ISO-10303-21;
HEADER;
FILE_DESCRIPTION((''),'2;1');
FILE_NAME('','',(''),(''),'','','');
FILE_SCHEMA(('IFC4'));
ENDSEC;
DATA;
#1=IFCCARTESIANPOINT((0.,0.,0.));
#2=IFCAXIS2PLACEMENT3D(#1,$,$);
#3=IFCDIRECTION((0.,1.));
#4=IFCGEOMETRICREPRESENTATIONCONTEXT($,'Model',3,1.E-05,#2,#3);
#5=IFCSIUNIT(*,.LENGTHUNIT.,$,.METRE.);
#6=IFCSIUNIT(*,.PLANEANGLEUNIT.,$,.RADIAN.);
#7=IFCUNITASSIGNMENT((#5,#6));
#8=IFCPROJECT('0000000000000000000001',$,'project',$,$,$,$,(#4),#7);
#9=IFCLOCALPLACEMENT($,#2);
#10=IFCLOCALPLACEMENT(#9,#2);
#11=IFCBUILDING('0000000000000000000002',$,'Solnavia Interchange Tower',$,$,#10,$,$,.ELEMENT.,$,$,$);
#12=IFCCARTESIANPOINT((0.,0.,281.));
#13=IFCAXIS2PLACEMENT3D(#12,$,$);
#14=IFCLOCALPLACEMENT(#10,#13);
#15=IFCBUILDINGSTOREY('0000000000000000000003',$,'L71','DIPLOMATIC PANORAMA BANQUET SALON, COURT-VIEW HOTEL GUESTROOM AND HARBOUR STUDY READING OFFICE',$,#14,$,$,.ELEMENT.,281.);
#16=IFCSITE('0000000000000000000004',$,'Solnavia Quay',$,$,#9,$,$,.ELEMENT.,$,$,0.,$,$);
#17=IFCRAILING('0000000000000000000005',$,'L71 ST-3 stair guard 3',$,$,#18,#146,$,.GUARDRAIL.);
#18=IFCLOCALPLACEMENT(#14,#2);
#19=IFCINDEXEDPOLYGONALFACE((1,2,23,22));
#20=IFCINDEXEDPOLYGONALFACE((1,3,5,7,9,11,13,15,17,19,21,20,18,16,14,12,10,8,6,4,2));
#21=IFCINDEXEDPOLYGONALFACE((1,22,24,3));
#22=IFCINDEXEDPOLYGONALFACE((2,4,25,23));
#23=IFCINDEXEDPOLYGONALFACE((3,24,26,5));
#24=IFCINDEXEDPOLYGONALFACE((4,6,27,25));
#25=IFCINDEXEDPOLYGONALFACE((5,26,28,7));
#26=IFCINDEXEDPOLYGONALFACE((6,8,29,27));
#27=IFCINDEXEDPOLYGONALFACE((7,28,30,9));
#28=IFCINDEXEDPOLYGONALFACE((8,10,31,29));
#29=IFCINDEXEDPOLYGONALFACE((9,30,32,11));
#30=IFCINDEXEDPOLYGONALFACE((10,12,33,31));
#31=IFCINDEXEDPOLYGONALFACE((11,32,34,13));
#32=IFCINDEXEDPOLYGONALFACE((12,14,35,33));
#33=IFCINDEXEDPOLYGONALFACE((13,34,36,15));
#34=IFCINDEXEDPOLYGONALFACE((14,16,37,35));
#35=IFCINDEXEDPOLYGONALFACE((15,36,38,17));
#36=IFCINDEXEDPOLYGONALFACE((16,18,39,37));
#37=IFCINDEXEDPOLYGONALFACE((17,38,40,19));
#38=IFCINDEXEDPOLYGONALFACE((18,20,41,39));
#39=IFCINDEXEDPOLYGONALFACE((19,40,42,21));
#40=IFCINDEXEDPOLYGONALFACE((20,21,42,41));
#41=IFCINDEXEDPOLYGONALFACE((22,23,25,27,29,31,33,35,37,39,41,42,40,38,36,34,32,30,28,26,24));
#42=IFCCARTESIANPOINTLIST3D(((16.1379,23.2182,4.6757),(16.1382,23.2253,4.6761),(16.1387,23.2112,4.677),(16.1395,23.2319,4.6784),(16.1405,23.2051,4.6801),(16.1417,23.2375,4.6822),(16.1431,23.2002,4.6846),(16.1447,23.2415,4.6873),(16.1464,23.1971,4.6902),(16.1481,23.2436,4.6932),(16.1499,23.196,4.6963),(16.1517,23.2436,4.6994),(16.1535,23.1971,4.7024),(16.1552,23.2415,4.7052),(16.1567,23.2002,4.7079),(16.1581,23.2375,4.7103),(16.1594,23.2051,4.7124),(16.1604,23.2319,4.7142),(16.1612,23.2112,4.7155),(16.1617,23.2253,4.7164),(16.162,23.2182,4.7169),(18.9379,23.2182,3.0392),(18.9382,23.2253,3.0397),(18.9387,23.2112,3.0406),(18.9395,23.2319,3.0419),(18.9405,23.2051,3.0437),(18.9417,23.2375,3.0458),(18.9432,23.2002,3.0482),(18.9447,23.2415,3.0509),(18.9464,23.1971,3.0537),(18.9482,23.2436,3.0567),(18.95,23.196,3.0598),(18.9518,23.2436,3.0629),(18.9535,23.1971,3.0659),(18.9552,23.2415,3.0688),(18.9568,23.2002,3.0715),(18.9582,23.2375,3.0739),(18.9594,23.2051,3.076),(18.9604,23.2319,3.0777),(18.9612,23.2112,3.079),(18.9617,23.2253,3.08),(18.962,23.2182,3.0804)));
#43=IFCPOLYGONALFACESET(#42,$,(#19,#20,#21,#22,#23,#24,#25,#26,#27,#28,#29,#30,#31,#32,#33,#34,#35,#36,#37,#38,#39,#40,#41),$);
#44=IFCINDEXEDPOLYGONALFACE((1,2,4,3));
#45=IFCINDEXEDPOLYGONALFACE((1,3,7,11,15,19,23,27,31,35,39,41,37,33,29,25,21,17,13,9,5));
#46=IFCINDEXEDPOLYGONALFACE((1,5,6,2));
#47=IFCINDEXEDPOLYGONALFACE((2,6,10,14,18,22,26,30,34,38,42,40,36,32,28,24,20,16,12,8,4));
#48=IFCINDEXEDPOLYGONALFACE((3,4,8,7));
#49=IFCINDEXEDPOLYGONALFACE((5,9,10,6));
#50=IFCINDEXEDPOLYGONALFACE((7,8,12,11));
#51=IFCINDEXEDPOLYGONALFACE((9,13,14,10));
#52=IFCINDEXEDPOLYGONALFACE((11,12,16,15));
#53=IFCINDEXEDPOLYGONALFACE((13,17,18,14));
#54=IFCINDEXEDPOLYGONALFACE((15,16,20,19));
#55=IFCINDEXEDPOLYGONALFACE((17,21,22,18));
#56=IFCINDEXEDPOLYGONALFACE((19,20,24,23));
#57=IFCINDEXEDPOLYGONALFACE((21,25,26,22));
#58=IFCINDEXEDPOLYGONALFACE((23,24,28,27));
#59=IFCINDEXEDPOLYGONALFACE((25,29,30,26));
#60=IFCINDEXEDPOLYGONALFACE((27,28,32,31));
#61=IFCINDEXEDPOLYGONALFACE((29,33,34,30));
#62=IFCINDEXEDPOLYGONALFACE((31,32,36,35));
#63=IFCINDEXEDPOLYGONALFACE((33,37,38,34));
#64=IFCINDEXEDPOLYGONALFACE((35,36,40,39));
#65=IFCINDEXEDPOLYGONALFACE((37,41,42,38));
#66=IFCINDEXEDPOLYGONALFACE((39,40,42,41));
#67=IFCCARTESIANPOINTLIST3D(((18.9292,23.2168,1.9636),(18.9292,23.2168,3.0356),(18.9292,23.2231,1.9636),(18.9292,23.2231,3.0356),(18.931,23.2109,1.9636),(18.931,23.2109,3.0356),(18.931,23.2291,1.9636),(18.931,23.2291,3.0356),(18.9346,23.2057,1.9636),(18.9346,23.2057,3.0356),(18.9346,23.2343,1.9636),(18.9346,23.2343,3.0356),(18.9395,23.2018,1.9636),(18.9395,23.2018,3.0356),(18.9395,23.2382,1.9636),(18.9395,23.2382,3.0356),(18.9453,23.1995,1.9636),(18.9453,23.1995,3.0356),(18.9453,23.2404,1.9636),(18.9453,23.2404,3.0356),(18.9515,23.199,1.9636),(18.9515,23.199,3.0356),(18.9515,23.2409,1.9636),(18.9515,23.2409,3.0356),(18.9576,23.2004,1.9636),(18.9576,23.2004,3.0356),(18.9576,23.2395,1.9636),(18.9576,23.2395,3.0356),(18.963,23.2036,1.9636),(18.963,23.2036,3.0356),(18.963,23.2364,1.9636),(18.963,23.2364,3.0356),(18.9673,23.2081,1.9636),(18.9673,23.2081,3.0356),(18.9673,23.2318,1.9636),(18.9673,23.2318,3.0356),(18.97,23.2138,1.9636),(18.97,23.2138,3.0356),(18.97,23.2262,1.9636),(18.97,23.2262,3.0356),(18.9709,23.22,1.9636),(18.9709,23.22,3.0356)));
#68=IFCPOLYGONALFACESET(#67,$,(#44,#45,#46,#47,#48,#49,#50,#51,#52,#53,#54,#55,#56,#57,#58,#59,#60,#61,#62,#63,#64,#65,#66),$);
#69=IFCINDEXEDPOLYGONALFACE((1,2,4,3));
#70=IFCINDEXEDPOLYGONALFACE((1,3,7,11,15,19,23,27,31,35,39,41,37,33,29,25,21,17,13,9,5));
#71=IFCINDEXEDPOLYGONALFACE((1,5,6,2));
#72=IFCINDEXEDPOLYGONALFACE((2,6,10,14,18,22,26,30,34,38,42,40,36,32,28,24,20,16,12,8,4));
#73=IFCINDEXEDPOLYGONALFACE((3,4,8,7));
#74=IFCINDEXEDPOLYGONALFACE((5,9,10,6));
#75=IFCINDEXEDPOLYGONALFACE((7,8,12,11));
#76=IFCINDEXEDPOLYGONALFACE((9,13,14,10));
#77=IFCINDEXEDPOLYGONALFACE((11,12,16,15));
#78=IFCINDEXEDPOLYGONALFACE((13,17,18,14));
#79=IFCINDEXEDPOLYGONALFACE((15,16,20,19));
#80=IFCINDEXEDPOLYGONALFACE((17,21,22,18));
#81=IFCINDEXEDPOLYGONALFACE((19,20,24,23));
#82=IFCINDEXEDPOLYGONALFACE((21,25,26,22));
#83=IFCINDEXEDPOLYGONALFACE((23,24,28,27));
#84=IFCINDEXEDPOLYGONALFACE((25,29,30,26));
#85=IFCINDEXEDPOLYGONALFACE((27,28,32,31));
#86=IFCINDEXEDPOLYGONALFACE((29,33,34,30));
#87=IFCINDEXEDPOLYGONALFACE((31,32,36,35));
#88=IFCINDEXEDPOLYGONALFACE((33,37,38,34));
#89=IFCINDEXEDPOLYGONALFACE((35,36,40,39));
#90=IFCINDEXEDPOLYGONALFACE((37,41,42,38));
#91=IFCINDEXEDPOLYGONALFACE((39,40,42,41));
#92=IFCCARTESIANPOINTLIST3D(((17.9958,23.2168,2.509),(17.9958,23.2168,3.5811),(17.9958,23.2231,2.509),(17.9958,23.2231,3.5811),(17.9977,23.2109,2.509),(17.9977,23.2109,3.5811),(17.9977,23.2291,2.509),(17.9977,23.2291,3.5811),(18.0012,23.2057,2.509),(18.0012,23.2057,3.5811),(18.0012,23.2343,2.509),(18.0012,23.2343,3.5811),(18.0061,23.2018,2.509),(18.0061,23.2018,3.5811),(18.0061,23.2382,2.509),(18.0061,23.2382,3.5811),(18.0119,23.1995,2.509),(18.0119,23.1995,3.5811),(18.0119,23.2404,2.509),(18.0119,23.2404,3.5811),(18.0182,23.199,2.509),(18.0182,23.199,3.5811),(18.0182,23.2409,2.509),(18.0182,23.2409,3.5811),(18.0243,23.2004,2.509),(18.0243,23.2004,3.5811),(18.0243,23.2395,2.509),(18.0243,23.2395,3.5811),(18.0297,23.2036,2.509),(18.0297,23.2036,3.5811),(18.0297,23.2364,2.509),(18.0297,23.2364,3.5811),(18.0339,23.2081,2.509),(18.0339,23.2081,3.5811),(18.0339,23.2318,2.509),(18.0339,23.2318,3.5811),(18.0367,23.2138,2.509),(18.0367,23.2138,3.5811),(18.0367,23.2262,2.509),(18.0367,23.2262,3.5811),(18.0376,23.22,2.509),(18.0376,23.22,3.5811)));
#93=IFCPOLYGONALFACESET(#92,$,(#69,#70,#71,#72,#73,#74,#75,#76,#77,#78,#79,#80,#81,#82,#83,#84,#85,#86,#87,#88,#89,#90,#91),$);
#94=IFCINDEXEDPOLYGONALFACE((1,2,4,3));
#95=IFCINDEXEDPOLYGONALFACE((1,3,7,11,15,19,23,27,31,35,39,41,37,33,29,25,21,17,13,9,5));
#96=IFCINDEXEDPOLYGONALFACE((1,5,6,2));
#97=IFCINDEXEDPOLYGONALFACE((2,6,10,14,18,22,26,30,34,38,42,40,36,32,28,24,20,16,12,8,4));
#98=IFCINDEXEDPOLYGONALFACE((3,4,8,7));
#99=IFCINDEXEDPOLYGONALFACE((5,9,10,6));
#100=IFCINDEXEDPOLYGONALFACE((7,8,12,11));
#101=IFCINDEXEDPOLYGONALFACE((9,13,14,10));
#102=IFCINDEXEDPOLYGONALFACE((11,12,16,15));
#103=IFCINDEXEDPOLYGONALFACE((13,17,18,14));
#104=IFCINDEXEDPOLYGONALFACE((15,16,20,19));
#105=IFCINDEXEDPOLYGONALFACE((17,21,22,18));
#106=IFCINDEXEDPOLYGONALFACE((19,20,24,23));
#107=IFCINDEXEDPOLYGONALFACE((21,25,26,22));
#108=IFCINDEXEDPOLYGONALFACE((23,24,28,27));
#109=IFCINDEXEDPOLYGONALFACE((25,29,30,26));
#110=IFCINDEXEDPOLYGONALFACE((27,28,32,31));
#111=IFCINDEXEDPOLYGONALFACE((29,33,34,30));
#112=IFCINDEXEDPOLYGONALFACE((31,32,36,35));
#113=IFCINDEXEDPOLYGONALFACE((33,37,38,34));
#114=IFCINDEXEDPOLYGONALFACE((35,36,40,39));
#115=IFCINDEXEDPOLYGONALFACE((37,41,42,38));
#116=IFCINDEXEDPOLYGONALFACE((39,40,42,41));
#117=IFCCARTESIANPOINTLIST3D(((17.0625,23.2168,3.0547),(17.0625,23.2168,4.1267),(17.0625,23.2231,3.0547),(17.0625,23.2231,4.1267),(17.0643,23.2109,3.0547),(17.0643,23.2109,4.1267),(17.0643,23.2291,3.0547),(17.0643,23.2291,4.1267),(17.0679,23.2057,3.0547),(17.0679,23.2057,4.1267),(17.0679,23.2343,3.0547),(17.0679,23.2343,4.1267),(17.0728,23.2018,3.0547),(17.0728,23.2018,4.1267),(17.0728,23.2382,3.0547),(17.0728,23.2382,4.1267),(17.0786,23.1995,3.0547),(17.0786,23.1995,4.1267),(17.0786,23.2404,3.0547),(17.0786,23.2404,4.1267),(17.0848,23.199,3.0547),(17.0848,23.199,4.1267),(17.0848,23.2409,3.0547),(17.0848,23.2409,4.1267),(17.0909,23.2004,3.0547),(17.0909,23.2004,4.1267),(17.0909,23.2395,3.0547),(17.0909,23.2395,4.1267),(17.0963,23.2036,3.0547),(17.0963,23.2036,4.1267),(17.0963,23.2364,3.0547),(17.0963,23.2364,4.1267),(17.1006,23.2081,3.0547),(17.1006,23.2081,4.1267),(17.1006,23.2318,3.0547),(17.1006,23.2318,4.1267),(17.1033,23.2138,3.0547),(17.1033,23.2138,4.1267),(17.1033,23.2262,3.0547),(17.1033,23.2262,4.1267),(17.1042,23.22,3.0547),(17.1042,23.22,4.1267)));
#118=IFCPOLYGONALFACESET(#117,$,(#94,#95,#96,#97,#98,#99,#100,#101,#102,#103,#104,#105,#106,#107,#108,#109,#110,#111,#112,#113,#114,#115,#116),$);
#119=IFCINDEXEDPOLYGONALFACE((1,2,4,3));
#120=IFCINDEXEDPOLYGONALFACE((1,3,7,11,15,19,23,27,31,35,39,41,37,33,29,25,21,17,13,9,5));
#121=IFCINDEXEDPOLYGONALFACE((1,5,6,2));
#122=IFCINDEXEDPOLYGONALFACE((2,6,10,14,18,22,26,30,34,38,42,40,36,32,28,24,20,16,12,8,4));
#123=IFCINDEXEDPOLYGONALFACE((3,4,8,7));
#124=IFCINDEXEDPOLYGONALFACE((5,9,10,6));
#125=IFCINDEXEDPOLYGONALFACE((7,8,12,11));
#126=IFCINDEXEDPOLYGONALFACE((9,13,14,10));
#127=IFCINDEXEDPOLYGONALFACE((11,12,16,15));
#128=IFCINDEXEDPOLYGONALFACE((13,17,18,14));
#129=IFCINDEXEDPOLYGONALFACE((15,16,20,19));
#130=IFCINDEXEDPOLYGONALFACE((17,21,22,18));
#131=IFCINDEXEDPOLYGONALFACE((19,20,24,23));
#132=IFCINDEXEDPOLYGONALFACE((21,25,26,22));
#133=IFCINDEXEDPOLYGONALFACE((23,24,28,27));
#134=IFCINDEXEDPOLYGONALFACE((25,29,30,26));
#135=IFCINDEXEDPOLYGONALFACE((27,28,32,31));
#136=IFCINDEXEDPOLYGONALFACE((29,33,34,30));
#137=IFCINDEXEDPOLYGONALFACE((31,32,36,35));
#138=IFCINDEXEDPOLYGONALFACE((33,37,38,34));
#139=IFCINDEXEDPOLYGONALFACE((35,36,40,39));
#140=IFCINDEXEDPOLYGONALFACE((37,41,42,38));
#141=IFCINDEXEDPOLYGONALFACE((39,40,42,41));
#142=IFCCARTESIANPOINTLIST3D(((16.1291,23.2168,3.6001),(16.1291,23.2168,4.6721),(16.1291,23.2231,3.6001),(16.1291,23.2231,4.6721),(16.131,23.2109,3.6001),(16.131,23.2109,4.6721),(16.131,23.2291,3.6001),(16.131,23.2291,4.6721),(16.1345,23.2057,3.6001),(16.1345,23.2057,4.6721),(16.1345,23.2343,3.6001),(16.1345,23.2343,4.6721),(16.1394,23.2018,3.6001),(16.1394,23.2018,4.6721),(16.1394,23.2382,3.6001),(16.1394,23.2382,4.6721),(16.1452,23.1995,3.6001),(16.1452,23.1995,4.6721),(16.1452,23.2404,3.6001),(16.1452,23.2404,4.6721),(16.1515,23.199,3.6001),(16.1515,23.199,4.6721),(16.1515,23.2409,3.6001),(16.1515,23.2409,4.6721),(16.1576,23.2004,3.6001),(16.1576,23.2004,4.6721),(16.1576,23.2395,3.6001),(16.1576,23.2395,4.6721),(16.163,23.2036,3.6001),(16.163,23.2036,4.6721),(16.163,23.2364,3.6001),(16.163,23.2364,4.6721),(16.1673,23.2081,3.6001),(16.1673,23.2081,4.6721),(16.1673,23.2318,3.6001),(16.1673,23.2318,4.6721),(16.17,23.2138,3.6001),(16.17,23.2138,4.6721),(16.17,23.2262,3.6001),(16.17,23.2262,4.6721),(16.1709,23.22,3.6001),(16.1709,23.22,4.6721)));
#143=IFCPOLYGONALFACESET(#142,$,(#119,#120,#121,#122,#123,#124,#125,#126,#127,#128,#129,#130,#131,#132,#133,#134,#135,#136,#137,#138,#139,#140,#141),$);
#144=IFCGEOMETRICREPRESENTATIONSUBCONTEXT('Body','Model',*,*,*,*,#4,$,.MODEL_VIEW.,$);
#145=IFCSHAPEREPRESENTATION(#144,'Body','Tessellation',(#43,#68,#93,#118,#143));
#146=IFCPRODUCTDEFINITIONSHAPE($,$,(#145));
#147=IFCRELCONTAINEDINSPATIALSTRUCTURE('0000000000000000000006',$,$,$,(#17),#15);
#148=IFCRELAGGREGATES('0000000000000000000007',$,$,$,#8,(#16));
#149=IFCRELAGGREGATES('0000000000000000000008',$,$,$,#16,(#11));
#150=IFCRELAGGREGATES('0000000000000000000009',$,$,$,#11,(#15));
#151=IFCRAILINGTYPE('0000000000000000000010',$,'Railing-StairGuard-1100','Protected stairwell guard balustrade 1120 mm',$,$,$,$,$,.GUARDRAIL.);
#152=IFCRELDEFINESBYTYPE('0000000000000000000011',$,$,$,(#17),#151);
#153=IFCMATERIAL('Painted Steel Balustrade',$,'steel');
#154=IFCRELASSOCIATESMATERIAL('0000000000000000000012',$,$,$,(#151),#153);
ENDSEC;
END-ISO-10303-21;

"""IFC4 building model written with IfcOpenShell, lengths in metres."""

from ifc_helpers import new_model, si_unit, direction, frame, origin, origin_2d, place, context, subcontext, project, spatial, circle, extrude, material, type_object, element, save


model = new_model("IFC4")

# Units and contexts
model_context = context("Model", 3, precision=1e-05, world=origin(), true_north=direction((0.0, 1.0)))
body_context = subcontext(model_context, "Body", "Model", "MODEL_VIEW")
ifc_project = project(units=[si_unit("LENGTHUNIT", "METRE"), si_unit("PLANEANGLEUNIT", "RADIAN")], contexts=[model_context])

# Site, building, storey
site_placement = place(None, origin())
site = spatial("IfcSite", under=ifc_project, at=site_placement, Name="Solnavia Quay", CompositionType="ELEMENT", RefElevation=0.0)
building_placement = place(site_placement, origin())
building = spatial("IfcBuilding", under=site, at=building_placement, Name="Solnavia Interchange Tower", CompositionType="ELEMENT")
storey_placement = place(building_placement, frame((0.0, 0.0, 281.0)))
storey = spatial("IfcBuildingStorey", under=building, at=storey_placement, Name="L71", Description="DIPLOMATIC PANORAMA BANQUET SALON, COURT-VIEW HOTEL GUESTROOM AND HARBOUR STUDY READING OFFICE", CompositionType="ELEMENT", Elevation=281.0)

# Railing
ifc_material_1 = material(Name="Painted Steel Balustrade", Category="steel")
railing_type_1 = type_object("IfcRailingType", Name="Railing-StairGuard-1100", Description="Protected stairwell guard balustrade 1120 mm", PredefinedType="GUARDRAIL", material=ifc_material_1)
railing_1_placement = place(storey_placement, frame((18.95, 23.22, 1.9636)))
element("IfcRailing", 1, at=railing_1_placement, inside=storey, type_object=railing_type_1, Name="L71 ST-3 stair guard 3", PredefinedType="GUARDRAIL", context=body_context, shape_type="SweptSolid", body=[
    extrude(circle(Radius=0.0239, at=origin_2d()), frame((0.0, 0.0, 1.0962), z_axis=(-0.863361, 0.0, 0.504587), x_axis=(0.0, -1.0, 0.0)), (0.0, 0.0, 1.0), 3.2432),
    extrude(circle(Radius=0.021, at=origin_2d()), origin(), (0.0, 0.0, 1.0), 1.072),
    extrude(circle(Radius=0.021, at=origin_2d()), frame((-0.9333, 0.0, 0.5454)), (0.0, 0.0, 1.0), 1.072),
    extrude(circle(Radius=0.021, at=origin_2d()), frame((-1.8667, 0.0, 1.0911)), (0.0, 0.0, 1.0), 1.072),
    extrude(circle(Radius=0.021, at=origin_2d()), frame((-2.8, 0.0, 1.6365)), (0.0, 0.0, 1.0), 1.072),
])

save(model, "model.ifc")
